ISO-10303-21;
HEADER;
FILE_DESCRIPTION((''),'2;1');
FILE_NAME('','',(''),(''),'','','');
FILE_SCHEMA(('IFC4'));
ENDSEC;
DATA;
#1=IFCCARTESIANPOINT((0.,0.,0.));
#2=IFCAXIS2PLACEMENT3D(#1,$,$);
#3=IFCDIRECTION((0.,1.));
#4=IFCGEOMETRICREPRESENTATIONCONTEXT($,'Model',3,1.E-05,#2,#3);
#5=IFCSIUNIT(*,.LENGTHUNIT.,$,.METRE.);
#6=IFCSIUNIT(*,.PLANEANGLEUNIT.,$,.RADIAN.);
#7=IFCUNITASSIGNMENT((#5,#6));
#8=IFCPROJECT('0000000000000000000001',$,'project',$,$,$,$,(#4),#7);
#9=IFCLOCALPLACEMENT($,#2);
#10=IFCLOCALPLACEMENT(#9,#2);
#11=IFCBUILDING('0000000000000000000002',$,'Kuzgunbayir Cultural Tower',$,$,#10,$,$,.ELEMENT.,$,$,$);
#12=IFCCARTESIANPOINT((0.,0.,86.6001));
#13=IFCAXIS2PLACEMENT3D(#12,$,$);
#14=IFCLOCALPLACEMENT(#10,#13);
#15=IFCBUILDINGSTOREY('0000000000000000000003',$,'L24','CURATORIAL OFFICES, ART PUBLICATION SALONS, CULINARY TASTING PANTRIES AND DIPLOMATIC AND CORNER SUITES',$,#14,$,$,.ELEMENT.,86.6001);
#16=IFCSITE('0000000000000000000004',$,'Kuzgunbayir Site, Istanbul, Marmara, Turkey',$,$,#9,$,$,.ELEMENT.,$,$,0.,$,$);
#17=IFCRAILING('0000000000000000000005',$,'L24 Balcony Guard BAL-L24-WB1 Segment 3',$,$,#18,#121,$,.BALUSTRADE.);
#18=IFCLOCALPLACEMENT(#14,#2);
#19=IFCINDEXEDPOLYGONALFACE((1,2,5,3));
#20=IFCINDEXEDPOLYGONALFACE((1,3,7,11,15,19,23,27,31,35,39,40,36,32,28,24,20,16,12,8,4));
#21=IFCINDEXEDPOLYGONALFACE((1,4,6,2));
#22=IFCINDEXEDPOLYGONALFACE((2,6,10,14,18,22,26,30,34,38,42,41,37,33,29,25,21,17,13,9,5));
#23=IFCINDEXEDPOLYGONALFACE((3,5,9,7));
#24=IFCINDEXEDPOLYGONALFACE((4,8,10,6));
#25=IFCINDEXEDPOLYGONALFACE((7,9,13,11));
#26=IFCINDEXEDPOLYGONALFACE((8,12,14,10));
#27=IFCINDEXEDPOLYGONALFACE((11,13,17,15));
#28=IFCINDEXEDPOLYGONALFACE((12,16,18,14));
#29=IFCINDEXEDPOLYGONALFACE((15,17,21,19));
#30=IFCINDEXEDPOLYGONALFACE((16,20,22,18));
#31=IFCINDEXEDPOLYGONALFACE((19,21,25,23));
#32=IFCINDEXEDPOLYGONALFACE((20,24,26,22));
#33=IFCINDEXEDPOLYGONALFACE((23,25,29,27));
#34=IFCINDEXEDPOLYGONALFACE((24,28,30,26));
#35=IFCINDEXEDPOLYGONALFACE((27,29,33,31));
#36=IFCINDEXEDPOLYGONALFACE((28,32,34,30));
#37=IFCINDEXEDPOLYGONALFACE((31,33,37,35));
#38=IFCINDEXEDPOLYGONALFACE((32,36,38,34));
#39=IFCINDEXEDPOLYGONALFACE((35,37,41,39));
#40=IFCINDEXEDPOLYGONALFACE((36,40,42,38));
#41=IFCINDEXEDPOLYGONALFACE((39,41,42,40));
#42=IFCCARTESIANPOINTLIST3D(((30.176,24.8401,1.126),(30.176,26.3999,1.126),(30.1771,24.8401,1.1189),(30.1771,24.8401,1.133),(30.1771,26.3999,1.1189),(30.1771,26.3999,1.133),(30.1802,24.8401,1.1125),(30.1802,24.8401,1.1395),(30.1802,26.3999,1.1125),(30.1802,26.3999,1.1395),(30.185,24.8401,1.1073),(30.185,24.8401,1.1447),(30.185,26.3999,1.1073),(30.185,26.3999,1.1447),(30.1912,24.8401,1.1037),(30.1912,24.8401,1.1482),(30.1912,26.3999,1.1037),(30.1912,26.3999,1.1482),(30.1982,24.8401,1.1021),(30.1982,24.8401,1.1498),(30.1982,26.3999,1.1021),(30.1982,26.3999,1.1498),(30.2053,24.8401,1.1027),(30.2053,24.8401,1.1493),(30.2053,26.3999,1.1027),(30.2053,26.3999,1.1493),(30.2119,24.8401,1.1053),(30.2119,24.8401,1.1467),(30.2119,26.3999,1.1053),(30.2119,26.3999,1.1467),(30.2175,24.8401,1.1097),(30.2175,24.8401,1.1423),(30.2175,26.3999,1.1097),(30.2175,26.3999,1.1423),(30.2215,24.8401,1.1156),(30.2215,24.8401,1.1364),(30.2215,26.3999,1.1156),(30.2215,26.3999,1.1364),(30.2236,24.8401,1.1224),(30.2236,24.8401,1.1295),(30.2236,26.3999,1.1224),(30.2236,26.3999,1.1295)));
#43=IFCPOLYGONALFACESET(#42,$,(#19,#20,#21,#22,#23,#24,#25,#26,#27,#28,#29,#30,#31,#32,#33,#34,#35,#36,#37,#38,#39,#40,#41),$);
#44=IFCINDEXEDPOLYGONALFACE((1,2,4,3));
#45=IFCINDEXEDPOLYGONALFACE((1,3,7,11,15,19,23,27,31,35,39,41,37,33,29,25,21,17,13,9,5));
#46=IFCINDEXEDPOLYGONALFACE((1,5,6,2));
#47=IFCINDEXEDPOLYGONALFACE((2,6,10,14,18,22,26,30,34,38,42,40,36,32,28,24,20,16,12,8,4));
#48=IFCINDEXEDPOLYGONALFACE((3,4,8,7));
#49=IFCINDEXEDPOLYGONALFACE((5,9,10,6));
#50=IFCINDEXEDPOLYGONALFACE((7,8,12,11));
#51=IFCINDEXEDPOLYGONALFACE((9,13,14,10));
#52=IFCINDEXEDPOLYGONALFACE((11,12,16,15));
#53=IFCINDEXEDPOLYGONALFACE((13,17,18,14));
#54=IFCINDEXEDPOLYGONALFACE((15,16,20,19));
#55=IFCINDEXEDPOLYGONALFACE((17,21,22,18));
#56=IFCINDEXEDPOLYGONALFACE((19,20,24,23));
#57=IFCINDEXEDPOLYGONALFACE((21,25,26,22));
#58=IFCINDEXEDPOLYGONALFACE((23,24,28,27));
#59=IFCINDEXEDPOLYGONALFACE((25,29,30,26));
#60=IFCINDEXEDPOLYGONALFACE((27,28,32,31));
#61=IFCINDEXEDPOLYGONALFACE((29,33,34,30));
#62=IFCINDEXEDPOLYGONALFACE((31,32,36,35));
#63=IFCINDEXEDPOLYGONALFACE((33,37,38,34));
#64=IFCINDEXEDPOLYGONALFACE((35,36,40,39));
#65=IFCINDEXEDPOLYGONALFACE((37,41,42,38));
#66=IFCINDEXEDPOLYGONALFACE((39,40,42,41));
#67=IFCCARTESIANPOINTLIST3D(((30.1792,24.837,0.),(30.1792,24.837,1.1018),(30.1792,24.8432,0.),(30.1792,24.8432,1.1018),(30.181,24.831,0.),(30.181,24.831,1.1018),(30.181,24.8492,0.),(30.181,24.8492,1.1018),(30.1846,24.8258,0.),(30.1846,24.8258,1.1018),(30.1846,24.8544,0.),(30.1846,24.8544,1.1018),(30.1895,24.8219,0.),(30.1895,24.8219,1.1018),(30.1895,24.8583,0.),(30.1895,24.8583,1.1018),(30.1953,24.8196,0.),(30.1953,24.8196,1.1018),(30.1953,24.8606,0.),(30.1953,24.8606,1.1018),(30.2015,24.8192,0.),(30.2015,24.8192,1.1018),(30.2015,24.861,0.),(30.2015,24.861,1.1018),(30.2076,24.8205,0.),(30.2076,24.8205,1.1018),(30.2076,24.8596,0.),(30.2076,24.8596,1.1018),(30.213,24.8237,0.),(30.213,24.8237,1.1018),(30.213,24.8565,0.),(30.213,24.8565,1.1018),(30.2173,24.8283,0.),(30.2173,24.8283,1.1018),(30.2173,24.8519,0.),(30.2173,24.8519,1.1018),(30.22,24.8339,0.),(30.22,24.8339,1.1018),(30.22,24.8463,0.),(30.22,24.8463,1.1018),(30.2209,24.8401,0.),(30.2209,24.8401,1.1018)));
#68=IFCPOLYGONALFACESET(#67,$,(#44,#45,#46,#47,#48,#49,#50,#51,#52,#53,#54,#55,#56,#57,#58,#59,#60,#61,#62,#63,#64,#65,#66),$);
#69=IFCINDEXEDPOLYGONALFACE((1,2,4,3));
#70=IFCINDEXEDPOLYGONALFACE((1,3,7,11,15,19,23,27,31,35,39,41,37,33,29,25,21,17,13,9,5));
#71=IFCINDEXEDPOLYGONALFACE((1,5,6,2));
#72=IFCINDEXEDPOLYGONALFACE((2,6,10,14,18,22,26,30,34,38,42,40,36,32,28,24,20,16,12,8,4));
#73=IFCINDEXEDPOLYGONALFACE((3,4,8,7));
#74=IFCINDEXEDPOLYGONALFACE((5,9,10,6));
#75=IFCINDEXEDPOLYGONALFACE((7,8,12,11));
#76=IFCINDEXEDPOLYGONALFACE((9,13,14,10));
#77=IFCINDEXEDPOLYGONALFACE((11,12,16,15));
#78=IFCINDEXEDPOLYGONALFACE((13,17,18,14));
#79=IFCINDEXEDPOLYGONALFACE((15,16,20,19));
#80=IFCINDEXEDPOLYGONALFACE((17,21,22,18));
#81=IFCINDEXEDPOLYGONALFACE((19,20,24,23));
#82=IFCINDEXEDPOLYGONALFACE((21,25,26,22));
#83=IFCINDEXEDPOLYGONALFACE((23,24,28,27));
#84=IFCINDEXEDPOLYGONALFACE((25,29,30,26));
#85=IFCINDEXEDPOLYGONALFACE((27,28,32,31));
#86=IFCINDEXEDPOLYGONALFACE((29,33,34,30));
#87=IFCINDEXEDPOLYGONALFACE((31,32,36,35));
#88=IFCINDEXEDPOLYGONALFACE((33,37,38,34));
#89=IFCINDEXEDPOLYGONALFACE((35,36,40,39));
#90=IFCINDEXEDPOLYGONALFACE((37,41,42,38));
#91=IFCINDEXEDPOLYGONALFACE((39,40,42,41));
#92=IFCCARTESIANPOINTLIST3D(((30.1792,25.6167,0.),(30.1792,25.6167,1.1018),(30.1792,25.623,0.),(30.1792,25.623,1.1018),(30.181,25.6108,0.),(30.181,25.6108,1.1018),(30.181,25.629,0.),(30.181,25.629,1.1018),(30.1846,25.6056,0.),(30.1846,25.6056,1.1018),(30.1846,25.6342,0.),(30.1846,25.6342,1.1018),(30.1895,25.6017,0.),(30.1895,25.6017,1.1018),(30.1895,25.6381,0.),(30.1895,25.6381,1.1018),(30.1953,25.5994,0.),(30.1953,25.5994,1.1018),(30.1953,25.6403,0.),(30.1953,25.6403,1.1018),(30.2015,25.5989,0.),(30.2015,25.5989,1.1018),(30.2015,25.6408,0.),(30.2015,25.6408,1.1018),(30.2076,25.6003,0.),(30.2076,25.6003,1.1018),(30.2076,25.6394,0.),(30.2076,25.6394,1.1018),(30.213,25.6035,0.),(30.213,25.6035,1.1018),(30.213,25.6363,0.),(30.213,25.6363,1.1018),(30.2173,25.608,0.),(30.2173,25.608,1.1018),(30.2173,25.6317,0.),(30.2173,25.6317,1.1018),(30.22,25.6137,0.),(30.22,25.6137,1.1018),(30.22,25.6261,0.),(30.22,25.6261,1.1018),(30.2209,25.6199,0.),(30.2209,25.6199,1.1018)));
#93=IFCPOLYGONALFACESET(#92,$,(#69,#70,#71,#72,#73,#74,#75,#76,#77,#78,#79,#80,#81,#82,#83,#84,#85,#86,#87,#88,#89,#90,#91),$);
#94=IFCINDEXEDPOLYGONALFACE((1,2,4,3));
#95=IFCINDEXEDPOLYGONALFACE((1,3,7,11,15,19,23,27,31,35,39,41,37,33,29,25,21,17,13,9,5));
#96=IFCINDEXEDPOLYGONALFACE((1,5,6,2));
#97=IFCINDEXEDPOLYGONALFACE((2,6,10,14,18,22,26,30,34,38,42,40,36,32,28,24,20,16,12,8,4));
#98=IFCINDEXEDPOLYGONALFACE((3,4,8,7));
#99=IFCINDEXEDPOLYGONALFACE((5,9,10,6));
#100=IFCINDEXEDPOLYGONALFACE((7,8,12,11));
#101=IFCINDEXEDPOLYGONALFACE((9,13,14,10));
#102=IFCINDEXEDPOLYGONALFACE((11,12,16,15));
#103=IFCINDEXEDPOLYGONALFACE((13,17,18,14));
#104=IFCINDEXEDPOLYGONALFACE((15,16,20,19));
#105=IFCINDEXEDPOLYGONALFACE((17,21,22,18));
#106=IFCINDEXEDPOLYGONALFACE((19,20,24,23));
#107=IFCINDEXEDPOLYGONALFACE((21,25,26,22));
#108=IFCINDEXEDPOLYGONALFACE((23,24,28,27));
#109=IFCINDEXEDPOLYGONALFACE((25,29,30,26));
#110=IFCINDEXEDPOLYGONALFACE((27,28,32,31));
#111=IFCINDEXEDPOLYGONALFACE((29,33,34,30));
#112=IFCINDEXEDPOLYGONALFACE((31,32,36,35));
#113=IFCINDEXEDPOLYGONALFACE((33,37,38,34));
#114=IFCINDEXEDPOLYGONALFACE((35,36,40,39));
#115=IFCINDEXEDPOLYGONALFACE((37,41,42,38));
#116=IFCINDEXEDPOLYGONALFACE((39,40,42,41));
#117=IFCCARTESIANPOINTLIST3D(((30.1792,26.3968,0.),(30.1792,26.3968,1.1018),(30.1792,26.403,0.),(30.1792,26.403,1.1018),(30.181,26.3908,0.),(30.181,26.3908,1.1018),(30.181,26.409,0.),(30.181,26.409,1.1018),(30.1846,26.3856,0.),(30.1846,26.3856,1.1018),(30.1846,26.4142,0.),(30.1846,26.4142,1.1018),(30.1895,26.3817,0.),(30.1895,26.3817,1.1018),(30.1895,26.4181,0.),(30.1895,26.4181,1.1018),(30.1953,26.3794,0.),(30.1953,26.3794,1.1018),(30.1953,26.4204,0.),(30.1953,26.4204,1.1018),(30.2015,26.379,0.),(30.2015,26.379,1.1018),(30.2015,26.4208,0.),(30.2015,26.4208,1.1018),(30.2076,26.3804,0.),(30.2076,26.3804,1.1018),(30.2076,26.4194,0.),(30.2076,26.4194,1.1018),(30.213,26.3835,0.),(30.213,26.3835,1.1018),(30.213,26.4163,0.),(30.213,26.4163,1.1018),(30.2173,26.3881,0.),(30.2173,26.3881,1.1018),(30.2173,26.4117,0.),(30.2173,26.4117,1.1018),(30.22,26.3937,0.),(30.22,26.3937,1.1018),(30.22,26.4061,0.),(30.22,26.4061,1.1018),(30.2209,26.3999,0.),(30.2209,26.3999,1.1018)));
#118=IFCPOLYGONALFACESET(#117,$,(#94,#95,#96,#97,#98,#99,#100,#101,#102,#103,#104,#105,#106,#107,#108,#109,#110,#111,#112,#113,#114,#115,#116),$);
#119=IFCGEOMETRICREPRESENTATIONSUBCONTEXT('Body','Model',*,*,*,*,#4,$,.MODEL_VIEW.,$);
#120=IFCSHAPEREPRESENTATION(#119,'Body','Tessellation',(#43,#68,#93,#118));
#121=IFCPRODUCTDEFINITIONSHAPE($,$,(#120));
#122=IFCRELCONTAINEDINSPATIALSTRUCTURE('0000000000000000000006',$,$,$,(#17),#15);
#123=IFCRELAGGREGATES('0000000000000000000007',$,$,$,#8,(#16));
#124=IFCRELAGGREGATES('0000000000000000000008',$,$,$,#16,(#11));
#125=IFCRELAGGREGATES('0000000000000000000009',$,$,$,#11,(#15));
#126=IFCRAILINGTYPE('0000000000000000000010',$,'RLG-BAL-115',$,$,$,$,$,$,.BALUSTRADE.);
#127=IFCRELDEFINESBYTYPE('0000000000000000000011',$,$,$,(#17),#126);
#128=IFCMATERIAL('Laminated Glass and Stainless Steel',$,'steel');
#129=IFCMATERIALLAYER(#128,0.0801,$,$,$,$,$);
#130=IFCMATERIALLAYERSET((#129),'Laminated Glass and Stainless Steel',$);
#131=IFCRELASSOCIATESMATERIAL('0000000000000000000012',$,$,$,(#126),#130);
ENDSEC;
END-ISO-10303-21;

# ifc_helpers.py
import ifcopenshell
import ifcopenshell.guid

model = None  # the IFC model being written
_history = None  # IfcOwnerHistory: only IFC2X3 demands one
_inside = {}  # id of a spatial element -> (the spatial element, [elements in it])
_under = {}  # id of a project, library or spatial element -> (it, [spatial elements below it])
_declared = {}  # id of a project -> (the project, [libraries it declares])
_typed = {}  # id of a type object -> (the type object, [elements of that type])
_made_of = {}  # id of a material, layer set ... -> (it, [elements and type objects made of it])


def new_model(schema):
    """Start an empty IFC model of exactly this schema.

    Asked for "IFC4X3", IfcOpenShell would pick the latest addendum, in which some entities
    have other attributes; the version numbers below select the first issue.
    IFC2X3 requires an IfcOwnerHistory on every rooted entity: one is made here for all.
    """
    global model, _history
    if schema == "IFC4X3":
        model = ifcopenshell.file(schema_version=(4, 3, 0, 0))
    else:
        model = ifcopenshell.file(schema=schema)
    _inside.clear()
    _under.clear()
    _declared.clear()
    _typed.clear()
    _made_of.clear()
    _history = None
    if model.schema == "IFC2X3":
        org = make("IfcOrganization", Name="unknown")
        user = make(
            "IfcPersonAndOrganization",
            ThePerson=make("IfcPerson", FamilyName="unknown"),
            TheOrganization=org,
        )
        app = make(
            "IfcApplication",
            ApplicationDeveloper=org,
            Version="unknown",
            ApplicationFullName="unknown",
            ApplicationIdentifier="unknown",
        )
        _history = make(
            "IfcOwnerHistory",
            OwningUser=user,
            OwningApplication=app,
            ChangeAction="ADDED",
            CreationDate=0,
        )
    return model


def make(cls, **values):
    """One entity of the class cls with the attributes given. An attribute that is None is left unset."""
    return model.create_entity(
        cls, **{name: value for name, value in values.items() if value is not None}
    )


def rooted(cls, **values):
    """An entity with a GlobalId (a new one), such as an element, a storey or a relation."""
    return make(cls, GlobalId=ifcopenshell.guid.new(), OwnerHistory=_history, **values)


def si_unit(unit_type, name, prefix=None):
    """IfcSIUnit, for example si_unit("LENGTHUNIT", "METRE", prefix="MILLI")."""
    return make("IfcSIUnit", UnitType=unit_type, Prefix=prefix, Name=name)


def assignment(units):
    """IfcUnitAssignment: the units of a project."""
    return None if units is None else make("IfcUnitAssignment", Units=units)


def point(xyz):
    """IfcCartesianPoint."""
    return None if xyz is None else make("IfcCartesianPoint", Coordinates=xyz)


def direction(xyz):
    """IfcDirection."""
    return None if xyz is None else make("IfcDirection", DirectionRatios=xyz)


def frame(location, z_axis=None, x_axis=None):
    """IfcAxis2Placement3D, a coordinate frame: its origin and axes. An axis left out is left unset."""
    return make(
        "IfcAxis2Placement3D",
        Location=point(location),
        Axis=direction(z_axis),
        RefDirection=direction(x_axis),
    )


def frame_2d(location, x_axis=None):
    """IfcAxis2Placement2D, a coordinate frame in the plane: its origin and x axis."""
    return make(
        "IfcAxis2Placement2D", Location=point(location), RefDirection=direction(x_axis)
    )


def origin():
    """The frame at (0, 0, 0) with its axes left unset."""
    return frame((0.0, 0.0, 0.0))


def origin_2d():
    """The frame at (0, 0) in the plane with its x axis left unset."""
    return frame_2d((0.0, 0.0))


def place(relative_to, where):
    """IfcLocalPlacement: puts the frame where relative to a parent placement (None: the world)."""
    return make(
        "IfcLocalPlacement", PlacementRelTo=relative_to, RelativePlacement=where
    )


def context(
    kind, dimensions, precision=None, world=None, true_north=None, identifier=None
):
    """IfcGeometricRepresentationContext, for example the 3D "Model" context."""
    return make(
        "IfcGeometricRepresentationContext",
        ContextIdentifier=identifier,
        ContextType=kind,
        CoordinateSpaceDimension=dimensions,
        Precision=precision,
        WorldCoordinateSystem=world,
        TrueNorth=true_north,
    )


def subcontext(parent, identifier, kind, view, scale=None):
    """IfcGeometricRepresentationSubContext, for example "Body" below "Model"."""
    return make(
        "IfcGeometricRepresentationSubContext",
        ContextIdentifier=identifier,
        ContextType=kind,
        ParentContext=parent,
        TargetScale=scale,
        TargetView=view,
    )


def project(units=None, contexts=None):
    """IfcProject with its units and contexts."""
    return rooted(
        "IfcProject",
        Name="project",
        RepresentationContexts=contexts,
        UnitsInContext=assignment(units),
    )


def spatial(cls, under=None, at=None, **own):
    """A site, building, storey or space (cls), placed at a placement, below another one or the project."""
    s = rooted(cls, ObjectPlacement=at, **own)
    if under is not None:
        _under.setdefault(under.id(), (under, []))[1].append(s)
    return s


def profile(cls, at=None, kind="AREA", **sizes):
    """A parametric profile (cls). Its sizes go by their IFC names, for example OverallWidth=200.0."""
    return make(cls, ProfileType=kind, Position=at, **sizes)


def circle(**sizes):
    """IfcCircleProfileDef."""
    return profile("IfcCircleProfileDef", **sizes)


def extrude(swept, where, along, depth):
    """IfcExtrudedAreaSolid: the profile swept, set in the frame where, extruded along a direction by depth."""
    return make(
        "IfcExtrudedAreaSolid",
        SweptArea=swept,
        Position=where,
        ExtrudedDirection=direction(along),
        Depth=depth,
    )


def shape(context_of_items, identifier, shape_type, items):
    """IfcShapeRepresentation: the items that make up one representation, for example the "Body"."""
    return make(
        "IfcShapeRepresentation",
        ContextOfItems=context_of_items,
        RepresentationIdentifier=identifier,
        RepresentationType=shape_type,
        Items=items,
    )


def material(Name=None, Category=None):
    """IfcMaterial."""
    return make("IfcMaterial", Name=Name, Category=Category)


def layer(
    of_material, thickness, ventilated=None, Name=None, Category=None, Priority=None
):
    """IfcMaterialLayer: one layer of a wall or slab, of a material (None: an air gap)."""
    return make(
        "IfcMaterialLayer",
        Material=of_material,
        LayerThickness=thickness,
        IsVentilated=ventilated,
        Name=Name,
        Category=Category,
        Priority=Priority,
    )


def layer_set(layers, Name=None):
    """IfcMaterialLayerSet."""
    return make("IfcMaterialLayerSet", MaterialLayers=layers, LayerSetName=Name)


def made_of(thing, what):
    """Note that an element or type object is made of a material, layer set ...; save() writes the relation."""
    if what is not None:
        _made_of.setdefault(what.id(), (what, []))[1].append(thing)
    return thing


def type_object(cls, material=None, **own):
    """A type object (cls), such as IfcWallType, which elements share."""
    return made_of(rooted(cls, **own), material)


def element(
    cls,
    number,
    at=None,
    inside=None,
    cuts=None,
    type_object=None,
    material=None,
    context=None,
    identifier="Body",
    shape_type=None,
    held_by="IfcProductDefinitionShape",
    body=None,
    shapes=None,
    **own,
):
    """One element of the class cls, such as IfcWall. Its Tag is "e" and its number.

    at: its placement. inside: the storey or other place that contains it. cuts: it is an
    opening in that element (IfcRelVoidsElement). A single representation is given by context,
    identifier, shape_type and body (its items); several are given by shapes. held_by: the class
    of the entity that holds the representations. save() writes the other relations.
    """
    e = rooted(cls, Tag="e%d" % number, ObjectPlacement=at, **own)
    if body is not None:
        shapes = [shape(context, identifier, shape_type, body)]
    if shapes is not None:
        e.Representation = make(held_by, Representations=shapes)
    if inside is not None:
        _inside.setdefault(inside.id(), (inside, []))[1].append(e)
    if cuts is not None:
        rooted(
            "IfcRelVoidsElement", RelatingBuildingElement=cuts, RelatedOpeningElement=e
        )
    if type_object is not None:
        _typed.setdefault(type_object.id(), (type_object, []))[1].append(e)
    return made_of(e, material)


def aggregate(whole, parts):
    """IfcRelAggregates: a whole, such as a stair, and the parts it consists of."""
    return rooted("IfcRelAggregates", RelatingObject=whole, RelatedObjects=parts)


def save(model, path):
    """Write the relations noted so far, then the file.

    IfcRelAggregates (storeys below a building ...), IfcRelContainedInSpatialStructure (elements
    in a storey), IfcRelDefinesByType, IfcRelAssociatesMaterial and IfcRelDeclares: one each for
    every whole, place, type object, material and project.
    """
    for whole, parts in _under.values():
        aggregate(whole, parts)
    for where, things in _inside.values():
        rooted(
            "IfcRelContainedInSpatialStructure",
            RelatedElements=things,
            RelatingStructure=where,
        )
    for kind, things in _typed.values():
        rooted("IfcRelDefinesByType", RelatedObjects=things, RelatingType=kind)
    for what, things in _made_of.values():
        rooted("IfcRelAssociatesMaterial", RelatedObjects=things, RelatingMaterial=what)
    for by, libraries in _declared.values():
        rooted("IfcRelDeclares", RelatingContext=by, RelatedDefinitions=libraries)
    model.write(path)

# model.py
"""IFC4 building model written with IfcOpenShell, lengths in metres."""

from ifc_helpers import new_model, si_unit, direction, frame, origin, origin_2d, place, context, subcontext, project, spatial, circle, extrude, material, layer, layer_set, type_object, element, save


model = new_model("IFC4")

# Units and contexts
model_context = context("Model", 3, precision=1e-05, world=origin(), true_north=direction((0.0, 1.0)))
body_context = subcontext(model_context, "Body", "Model", "MODEL_VIEW")
ifc_project = project(units=[si_unit("LENGTHUNIT", "METRE"), si_unit("PLANEANGLEUNIT", "RADIAN")], contexts=[model_context])

# Site, building, storey
site_placement = place(None, origin())
site = spatial("IfcSite", under=ifc_project, at=site_placement, Name="Kuzgunbayir Site, Istanbul, Marmara, Turkey", CompositionType="ELEMENT", RefElevation=0.0)
building_placement = place(site_placement, origin())
building = spatial("IfcBuilding", under=site, at=building_placement, Name="Kuzgunbayir Cultural Tower", CompositionType="ELEMENT")
storey_placement = place(building_placement, frame((0.0, 0.0, 86.6001)))
storey = spatial("IfcBuildingStorey", under=building, at=storey_placement, Name="L24", Description="CURATORIAL OFFICES, ART PUBLICATION SALONS, CULINARY TASTING PANTRIES AND DIPLOMATIC AND CORNER SUITES", CompositionType="ELEMENT", Elevation=86.6001)

# Railing
ifc_material_1 = material(Name="Laminated Glass and Stainless Steel", Category="steel")
ifc_layer_1 = layer(ifc_material_1, 0.0801)
ifc_layer_set_1 = layer_set([ifc_layer_1], Name="Laminated Glass and Stainless Steel")
railing_type = type_object("IfcRailingType", Name="RLG-BAL-115", PredefinedType="BALUSTRADE", material=ifc_layer_set_1)
railing_1_placement = place(storey_placement, frame((30.2, 24.8401, 0.0)))
element("IfcRailing", 1, at=railing_1_placement, inside=storey, type_object=railing_type, Name="L24 Balcony Guard BAL-L24-WB1 Segment 3", PredefinedType="BALUSTRADE", context=body_context, shape_type="SweptSolid", body=[
    extrude(circle(Radius=0.0239, at=origin_2d()), frame((0.0, 0.0, 1.126), z_axis=(0.0, 1.0, 0.0), x_axis=(-1.0, 0.0, 0.0)), (0.0, 0.0, 1.0), 1.5598),
    extrude(circle(Radius=0.021, at=origin_2d()), origin(), (0.0, 0.0, 1.0), 1.1018),
    extrude(circle(Radius=0.021, at=origin_2d()), frame((0.0, 0.7798, 0.0)), (0.0, 0.0, 1.0), 1.1018),
    extrude(circle(Radius=0.021, at=origin_2d()), frame((0.0, 1.5598, 0.0)), (0.0, 0.0, 1.0), 1.1018),
])

save(model, "model.ifc")
